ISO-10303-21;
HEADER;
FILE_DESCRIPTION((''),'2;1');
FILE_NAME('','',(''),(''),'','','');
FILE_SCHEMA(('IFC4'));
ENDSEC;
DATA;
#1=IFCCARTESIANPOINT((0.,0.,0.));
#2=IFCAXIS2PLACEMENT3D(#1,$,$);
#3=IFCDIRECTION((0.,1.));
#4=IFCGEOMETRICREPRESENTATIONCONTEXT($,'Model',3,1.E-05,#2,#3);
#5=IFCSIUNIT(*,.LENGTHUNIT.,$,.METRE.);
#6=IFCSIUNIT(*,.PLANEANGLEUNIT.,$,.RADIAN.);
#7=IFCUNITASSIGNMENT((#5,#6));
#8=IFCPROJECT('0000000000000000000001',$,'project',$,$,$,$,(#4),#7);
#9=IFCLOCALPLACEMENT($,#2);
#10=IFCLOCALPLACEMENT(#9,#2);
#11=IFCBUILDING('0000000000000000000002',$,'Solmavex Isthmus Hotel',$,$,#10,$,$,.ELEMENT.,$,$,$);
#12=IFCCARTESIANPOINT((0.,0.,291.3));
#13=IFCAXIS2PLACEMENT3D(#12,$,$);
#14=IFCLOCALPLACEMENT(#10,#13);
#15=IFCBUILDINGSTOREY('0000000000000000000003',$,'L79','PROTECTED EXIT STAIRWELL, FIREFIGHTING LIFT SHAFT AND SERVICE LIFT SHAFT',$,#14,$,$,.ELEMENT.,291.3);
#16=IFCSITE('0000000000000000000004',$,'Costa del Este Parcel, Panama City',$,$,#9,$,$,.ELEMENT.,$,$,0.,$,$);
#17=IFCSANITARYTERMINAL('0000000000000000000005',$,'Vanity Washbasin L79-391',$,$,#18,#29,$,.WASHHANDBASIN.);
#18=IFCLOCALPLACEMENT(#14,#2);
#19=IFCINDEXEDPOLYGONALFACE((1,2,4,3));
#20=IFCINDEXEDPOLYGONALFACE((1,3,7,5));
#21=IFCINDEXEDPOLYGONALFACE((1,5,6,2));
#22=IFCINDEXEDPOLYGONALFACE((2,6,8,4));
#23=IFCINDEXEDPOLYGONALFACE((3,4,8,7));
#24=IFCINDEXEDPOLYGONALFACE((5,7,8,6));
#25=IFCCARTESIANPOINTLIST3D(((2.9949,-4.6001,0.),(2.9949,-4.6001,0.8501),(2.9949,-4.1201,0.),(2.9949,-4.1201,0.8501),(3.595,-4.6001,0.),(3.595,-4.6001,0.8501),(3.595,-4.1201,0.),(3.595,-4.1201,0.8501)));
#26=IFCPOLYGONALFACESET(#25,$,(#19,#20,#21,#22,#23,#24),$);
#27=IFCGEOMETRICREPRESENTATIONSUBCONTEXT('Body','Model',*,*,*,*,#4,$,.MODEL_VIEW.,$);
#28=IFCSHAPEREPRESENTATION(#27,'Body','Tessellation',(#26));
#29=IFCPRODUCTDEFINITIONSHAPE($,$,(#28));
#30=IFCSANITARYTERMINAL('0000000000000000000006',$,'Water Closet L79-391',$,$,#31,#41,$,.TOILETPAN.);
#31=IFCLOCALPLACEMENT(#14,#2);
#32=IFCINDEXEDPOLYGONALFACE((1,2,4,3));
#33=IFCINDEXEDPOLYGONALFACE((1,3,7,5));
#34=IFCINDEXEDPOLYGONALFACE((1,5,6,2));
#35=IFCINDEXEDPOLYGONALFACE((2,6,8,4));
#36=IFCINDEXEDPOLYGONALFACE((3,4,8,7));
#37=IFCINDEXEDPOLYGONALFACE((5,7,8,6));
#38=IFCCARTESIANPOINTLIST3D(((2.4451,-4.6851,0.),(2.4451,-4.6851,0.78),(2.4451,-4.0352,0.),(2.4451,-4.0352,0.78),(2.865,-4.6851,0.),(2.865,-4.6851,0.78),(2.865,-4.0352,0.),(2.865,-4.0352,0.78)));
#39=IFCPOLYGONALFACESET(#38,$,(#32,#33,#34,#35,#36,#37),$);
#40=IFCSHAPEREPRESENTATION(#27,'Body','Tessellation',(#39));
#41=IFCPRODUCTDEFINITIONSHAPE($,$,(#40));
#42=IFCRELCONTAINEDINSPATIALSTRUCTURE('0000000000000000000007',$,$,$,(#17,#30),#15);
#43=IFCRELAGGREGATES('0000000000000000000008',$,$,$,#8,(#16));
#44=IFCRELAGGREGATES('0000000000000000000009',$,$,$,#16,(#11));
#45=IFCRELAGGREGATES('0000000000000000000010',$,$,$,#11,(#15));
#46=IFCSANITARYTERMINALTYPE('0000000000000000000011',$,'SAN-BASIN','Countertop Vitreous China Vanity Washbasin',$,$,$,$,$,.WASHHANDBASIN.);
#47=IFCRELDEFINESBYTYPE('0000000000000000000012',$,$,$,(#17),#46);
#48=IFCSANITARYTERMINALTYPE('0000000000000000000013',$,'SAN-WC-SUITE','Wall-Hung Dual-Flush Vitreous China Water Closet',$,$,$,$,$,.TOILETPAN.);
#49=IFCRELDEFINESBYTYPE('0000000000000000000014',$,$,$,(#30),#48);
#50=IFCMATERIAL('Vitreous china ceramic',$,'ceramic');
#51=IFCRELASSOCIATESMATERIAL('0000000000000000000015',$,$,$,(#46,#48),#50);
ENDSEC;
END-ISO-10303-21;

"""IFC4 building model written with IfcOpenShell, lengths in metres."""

from ifc_helpers import new_model, si_unit, direction, frame, origin, origin_2d, place, context, subcontext, project, spatial, rectangle, extrude, material, type_object, element, save


model = new_model("IFC4")

# Units and contexts
model_context = context("Model", 3, precision=1e-05, world=origin(), true_north=direction((0.0, 1.0)))
body_context = subcontext(model_context, "Body", "Model", "MODEL_VIEW")
ifc_project = project(units=[si_unit("LENGTHUNIT", "METRE"), si_unit("PLANEANGLEUNIT", "RADIAN")], contexts=[model_context])

# Site, building, storey
site_placement = place(None, origin())
site = spatial("IfcSite", under=ifc_project, at=site_placement, Name="Costa del Este Parcel, Panama City", CompositionType="ELEMENT", RefElevation=0.0)
building_placement = place(site_placement, origin())
building = spatial("IfcBuilding", under=site, at=building_placement, Name="Solmavex Isthmus Hotel", CompositionType="ELEMENT")
storey_placement = place(building_placement, frame((0.0, 0.0, 291.3)))
storey = spatial("IfcBuildingStorey", under=building, at=storey_placement, Name="L79", Description="PROTECTED EXIT STAIRWELL, FIREFIGHTING LIFT SHAFT AND SERVICE LIFT SHAFT", CompositionType="ELEMENT", Elevation=291.3)

# Sanitary terminals
ifc_material_1 = material(Name="Vitreous china ceramic", Category="ceramic")
sanitary_terminal_type_1 = type_object("IfcSanitaryTerminalType", Name="SAN-BASIN", Description="Countertop Vitreous China Vanity Washbasin", PredefinedType="WASHHANDBASIN", material=ifc_material_1)
sanitary_terminal_1_placement = place(storey_placement, frame((3.2949, -4.3601, 0.0), z_axis=(0.0, 0.0, 1.0), x_axis=(1.0, 0.0, 0.0)))
element("IfcSanitaryTerminal", 1, at=sanitary_terminal_1_placement, inside=storey, type_object=sanitary_terminal_type_1, Name="Vanity Washbasin L79-391", PredefinedType="WASHHANDBASIN", context=body_context, shape_type="SweptSolid", body=[
    extrude(rectangle(XDim=0.6001, YDim=0.48, at=origin_2d()), origin(), (0.0, 0.0, 1.0), 0.8501),
])
sanitary_terminal_type_2 = type_object("IfcSanitaryTerminalType", Name="SAN-WC-SUITE", Description="Wall-Hung Dual-Flush Vitreous China Water Closet", PredefinedType="TOILETPAN", material=ifc_material_1)
sanitary_terminal_2_placement = place(storey_placement, frame((2.655, -4.3601, 0.0), z_axis=(0.0, 0.0, 1.0), x_axis=(1.0, 0.0, 0.0)))
element("IfcSanitaryTerminal", 2, at=sanitary_terminal_2_placement, inside=storey, type_object=sanitary_terminal_type_2, Name="Water Closet L79-391", PredefinedType="TOILETPAN", context=body_context, shape_type="SweptSolid", body=[
    extrude(rectangle(XDim=0.4199, YDim=0.6499, at=origin_2d()), origin(), (0.0, 0.0, 1.0), 0.78),
])

save(model, "model.ifc")
